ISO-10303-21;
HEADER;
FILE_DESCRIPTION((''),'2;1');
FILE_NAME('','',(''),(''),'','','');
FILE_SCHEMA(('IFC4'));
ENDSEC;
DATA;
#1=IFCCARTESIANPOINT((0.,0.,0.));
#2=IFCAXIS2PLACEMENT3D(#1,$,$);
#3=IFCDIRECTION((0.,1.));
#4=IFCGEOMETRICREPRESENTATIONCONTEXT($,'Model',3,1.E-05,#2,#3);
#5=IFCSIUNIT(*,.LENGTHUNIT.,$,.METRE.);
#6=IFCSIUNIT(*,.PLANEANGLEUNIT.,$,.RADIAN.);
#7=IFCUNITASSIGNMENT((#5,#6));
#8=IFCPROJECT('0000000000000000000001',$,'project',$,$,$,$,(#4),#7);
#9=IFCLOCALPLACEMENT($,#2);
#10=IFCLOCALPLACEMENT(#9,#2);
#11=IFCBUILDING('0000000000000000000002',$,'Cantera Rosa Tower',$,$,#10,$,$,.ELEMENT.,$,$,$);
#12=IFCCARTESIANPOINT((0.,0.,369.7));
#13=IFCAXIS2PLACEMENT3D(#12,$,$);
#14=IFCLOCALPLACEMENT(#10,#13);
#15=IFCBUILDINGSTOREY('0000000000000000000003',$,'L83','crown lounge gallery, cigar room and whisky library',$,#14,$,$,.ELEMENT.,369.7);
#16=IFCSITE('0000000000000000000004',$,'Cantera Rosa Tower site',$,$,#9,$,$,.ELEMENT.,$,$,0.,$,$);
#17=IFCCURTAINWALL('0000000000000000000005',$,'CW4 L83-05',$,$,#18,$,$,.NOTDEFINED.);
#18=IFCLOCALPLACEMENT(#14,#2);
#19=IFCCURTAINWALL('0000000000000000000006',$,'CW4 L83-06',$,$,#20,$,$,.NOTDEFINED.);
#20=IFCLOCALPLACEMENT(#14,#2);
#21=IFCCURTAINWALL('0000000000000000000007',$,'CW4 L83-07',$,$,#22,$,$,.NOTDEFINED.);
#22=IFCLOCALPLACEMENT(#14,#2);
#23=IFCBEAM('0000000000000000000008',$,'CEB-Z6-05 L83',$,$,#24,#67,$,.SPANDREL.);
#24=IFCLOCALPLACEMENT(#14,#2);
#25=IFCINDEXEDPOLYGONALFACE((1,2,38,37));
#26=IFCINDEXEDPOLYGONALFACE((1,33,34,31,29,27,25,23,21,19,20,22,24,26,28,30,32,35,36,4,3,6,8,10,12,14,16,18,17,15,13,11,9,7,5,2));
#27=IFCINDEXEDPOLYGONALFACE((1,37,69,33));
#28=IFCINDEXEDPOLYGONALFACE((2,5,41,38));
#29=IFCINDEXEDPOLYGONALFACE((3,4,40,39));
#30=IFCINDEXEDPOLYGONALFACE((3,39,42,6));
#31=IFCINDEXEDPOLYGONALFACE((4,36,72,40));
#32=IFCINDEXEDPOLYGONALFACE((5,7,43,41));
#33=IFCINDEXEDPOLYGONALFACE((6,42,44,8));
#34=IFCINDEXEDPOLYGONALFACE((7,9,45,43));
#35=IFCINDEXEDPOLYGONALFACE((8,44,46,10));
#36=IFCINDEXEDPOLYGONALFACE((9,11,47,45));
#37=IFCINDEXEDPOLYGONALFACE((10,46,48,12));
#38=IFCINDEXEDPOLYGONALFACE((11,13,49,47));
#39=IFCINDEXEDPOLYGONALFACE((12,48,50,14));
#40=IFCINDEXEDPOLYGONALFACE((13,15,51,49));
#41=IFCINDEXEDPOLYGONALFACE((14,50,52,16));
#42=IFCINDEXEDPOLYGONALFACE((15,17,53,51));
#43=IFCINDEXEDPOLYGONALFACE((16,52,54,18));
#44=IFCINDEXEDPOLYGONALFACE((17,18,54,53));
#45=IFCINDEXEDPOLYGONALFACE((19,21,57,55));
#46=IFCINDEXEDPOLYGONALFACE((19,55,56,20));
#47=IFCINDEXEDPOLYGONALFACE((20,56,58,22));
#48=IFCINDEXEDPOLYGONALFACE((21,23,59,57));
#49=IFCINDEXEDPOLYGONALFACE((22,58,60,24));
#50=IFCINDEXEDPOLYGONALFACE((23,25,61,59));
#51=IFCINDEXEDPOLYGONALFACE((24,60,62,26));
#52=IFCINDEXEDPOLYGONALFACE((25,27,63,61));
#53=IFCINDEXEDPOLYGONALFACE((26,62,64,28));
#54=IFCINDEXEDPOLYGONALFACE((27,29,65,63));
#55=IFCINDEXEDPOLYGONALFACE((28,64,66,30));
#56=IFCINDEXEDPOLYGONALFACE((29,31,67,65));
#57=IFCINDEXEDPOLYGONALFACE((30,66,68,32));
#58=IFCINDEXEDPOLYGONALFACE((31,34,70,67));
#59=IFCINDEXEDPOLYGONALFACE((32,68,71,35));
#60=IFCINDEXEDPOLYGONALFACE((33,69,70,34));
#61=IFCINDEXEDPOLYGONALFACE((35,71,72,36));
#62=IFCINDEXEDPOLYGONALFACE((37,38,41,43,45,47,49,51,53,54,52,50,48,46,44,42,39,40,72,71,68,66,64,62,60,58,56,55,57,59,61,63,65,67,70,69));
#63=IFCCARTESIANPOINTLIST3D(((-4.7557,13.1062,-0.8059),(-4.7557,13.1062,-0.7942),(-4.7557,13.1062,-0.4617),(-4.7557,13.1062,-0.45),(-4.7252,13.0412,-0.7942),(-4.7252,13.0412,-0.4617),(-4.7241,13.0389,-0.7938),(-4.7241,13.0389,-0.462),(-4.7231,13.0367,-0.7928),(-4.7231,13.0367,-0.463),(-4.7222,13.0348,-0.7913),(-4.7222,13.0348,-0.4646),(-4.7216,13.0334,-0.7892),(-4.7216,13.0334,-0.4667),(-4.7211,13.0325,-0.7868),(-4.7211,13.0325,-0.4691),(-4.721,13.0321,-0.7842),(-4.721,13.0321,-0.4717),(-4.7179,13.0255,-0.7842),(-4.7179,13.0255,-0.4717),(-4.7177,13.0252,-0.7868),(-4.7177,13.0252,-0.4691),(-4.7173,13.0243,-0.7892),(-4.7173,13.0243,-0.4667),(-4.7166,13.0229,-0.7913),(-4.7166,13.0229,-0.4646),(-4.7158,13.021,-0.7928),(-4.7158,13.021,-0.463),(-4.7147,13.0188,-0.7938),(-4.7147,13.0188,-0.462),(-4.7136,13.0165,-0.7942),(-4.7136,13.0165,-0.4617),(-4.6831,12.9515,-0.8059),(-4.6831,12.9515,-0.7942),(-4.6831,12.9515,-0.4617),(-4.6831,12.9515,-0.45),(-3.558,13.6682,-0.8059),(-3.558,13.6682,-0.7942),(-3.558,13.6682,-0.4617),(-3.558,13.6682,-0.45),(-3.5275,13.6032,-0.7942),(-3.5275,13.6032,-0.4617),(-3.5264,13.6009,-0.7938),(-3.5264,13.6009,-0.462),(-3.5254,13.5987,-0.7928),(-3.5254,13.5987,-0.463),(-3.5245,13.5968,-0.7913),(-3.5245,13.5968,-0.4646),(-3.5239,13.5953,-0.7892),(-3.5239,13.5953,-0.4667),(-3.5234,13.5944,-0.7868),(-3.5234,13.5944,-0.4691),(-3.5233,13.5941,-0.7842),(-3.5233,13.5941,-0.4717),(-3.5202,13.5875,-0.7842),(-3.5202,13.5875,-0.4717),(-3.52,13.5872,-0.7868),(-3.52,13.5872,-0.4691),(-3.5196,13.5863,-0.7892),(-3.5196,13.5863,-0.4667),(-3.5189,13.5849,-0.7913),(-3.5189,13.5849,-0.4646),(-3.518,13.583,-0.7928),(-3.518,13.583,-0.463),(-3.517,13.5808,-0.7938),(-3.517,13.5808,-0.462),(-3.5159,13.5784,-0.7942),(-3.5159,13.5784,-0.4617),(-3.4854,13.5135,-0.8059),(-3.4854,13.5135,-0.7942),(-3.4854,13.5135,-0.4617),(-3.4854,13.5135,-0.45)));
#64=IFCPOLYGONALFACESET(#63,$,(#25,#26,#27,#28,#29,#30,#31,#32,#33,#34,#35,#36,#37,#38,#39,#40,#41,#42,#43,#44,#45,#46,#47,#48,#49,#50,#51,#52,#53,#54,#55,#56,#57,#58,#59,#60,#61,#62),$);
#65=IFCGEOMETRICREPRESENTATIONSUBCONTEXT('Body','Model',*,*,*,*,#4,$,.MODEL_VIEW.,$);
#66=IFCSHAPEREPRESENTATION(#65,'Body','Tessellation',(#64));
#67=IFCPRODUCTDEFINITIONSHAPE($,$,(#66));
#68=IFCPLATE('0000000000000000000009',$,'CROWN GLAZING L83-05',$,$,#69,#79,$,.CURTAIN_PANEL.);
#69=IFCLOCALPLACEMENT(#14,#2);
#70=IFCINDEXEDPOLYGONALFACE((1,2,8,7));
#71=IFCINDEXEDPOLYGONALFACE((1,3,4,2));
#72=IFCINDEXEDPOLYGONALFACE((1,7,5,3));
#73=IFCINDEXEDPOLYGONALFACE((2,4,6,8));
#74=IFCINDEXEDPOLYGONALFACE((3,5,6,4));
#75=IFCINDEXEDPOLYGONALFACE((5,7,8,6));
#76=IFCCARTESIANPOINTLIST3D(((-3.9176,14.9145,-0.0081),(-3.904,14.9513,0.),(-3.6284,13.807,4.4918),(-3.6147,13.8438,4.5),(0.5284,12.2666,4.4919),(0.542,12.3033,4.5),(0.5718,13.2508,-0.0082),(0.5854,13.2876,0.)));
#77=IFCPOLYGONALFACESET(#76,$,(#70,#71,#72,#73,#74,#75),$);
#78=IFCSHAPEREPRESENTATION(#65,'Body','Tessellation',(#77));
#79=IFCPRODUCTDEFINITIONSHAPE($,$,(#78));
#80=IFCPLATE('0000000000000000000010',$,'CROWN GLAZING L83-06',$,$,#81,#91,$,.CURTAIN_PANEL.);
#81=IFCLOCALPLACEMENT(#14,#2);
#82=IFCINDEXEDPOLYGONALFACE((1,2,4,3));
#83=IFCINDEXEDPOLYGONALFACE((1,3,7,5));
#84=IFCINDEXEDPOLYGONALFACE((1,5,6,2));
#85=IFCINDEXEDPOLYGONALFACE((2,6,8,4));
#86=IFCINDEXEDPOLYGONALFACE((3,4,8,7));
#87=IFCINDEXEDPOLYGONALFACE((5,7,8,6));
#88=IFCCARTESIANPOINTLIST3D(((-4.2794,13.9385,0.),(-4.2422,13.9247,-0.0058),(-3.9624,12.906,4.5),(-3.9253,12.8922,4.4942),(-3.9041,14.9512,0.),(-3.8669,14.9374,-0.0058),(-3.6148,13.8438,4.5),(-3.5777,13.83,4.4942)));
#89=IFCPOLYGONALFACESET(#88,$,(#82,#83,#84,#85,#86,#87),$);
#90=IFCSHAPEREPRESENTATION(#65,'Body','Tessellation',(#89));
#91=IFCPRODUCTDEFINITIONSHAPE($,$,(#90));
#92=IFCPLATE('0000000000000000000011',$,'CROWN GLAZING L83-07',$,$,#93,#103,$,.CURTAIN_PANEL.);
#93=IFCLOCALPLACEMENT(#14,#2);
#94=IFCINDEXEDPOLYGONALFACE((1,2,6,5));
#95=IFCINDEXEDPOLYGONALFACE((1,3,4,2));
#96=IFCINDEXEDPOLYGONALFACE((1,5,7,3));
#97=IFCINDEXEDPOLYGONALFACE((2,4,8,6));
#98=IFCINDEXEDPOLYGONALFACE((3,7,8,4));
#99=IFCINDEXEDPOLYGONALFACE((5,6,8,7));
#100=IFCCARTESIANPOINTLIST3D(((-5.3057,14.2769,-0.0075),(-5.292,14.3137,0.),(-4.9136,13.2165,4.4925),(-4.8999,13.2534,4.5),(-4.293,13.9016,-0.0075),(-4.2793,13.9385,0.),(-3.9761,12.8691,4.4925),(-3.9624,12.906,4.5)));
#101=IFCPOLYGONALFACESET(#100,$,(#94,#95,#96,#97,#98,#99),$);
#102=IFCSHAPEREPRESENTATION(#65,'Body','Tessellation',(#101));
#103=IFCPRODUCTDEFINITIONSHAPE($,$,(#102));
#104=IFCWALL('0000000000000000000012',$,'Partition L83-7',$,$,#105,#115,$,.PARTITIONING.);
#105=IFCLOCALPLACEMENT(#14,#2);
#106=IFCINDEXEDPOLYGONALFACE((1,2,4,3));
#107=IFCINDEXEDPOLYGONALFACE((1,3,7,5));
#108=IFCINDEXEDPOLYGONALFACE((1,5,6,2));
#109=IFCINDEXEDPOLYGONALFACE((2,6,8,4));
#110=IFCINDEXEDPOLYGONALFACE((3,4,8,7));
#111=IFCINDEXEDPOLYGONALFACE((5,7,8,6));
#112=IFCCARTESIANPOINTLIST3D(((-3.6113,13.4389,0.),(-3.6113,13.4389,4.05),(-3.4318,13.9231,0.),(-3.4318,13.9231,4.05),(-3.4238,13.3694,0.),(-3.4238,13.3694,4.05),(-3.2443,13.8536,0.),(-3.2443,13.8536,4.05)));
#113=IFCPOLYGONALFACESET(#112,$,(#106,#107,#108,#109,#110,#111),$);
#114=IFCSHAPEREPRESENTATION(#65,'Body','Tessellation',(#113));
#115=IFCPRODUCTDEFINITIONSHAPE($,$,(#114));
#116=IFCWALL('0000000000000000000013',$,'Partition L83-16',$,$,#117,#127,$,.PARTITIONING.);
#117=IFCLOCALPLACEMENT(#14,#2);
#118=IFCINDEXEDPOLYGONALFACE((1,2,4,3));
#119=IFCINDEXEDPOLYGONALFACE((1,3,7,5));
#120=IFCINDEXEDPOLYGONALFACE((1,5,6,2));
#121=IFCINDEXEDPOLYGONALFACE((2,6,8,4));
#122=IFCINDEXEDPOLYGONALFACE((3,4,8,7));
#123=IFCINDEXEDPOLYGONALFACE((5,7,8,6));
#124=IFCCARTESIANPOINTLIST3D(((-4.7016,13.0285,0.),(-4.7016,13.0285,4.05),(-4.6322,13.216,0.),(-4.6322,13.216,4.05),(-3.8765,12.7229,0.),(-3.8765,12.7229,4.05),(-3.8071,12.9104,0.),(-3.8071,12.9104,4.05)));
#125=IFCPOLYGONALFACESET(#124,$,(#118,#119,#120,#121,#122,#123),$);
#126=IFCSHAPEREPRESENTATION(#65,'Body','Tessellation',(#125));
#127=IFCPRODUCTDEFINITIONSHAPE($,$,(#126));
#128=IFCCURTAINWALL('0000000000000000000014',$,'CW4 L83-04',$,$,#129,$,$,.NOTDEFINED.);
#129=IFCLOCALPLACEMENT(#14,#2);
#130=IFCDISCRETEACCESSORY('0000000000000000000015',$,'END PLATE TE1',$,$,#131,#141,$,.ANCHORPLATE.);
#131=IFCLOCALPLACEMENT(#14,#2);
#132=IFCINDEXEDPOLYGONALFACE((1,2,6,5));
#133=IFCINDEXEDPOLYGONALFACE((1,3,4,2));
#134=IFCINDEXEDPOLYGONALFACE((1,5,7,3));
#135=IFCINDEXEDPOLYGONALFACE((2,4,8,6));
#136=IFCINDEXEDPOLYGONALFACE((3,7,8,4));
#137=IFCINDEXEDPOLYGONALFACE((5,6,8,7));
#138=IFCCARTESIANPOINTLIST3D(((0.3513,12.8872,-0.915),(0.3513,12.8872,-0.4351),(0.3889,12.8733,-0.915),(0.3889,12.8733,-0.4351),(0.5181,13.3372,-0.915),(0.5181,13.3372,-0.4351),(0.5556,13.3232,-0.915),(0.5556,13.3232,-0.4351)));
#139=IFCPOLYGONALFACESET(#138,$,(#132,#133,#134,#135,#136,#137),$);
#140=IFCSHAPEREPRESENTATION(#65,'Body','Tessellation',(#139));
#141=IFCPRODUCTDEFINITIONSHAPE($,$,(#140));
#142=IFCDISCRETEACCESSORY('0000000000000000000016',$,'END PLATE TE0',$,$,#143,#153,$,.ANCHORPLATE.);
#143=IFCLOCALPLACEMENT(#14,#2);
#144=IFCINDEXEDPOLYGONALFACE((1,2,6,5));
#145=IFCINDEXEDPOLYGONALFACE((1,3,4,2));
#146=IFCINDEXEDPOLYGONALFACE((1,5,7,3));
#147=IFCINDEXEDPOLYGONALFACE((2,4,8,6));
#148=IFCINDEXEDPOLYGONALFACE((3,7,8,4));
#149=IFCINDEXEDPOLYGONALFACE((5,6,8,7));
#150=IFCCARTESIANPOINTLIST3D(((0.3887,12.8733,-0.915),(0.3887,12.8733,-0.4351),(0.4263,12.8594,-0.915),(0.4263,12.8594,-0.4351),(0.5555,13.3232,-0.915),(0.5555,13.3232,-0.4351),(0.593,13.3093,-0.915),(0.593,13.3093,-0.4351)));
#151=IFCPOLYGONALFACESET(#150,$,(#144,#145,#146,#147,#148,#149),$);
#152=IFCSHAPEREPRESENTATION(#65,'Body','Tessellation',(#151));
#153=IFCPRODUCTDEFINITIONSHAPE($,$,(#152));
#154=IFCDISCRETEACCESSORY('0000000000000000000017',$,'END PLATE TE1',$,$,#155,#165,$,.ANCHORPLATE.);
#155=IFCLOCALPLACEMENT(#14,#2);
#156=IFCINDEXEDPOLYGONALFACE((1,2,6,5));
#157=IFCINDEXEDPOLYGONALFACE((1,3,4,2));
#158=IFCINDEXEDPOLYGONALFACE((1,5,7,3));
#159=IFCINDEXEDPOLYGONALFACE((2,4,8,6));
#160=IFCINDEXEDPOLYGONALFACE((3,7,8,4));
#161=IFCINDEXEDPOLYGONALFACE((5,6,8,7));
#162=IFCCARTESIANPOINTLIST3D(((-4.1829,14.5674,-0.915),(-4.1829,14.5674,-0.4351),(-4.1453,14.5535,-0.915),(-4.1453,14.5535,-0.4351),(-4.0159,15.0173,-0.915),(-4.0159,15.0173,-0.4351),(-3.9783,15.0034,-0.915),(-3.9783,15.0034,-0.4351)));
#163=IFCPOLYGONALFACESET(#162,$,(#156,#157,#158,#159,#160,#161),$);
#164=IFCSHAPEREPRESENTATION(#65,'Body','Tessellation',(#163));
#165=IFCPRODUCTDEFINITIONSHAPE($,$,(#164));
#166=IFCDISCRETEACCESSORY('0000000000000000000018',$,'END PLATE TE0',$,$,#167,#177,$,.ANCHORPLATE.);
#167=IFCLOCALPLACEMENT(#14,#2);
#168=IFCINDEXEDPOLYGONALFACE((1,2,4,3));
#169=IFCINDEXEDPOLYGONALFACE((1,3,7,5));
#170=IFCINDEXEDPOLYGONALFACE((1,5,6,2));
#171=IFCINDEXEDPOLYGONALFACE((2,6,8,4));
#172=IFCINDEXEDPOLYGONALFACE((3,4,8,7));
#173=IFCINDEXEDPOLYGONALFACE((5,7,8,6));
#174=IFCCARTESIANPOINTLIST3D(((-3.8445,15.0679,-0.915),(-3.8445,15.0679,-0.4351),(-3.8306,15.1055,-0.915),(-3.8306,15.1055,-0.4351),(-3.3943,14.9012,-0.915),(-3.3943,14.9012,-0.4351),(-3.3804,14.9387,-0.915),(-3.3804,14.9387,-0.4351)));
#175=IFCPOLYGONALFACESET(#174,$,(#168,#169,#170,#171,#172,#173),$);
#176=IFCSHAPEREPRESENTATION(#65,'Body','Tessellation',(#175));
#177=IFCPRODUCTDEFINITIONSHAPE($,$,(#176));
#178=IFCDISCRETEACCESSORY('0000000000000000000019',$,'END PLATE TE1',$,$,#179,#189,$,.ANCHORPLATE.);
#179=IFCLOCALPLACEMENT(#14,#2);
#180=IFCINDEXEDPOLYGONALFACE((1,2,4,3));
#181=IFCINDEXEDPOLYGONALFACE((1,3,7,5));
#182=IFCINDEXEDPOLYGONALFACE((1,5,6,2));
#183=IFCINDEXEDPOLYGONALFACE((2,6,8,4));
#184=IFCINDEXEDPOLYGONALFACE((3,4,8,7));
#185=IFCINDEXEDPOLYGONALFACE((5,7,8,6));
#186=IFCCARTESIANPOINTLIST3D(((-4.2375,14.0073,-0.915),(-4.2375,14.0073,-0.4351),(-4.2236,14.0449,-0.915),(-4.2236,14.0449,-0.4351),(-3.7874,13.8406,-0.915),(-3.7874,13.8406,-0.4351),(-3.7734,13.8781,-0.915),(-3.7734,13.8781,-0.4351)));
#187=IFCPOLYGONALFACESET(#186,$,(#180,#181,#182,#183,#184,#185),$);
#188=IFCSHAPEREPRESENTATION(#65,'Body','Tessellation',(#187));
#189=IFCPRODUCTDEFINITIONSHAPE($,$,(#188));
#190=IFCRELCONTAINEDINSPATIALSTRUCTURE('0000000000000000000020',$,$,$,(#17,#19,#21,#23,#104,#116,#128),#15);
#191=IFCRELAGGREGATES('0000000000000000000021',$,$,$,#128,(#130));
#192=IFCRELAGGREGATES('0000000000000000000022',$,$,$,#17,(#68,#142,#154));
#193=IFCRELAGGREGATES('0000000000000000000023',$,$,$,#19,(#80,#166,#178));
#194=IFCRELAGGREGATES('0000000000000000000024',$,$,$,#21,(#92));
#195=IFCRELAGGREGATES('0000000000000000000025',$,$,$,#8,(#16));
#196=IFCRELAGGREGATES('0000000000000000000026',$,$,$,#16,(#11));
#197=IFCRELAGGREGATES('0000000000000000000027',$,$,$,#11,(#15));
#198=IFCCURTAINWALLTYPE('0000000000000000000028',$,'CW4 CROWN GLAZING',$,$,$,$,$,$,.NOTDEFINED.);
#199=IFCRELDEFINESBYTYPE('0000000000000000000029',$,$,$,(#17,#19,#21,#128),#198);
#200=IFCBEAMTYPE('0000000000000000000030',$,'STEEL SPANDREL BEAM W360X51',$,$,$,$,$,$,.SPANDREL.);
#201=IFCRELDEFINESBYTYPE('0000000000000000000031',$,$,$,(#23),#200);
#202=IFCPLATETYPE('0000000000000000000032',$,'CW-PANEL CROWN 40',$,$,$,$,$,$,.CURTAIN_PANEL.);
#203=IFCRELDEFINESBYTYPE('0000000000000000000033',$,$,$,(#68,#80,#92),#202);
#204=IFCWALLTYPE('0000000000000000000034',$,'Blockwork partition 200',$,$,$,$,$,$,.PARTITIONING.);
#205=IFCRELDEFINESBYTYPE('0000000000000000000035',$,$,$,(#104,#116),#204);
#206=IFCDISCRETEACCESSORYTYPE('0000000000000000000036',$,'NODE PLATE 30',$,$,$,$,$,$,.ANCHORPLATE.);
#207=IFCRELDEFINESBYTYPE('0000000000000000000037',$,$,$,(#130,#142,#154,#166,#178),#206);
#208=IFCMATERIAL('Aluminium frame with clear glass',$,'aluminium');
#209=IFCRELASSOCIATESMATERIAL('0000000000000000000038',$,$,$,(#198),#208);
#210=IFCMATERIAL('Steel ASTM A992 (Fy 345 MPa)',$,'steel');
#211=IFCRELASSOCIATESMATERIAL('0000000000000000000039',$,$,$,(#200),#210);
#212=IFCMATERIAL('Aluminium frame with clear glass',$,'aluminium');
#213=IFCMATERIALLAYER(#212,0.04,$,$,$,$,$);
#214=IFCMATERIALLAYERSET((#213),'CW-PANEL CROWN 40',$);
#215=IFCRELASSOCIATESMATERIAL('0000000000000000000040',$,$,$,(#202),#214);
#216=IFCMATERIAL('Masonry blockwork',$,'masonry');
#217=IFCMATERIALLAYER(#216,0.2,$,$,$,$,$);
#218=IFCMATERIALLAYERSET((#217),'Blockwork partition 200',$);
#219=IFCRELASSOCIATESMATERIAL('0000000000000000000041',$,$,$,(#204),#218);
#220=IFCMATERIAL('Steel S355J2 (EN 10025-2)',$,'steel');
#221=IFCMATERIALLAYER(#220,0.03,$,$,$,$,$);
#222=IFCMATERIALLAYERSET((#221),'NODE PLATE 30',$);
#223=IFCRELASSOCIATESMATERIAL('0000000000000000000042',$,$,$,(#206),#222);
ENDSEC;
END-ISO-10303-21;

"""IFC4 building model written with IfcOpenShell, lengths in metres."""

from ifc_helpers import new_model, si_unit, direction, frame, frame_2d, origin, origin_2d, place, context, subcontext, project, spatial, polyline, rectangle, i_section, outline, extrude, material, layer, layer_set, material_profile, profile_set, type_object, element, aggregate, save


model = new_model("IFC4")

# Units and contexts
model_context = context("Model", 3, precision=1e-05, world=origin(), true_north=direction((0.0, 1.0)))
body_context = subcontext(model_context, "Body", "Model", "MODEL_VIEW")
ifc_project = project(units=[si_unit("LENGTHUNIT", "METRE"), si_unit("PLANEANGLEUNIT", "RADIAN")], contexts=[model_context])

# Site, building, storey
site_placement = place(None, origin())
site = spatial("IfcSite", under=ifc_project, at=site_placement, Name="Cantera Rosa Tower site", CompositionType="ELEMENT", RefElevation=0.0)
building_placement = place(site_placement, origin())
building = spatial("IfcBuilding", under=site, at=building_placement, Name="Cantera Rosa Tower", CompositionType="ELEMENT")
storey_placement = place(building_placement, frame((0.0, 0.0, 369.7)))
storey = spatial("IfcBuildingStorey", under=building, at=storey_placement, Name="L83", Description="crown lounge gallery, cigar room and whisky library", CompositionType="ELEMENT", Elevation=369.7)

# Curtain walls
ifc_material_1 = material(Name="Aluminium frame with clear glass", Category="aluminium")
curtain_wall_type = type_object("IfcCurtainWallType", Name="CW4 CROWN GLAZING", PredefinedType="NOTDEFINED", material=ifc_material_1)
curtain_wall_1_placement = place(storey_placement, origin())
curtain_wall_1 = element("IfcCurtainWall", 1, at=curtain_wall_1_placement, inside=storey, type_object=curtain_wall_type, Name="CW4 L83-05", PredefinedType="NOTDEFINED")
curtain_wall_2_placement = place(storey_placement, origin())
curtain_wall_2 = element("IfcCurtainWall", 2, at=curtain_wall_2_placement, inside=storey, type_object=curtain_wall_type, Name="CW4 L83-06", PredefinedType="NOTDEFINED")
curtain_wall_3_placement = place(storey_placement, origin())
curtain_wall_3 = element("IfcCurtainWall", 3, at=curtain_wall_3_placement, inside=storey, type_object=curtain_wall_type, Name="CW4 L83-07", PredefinedType="NOTDEFINED")

# Beam
ifc_material_2 = material(Name="Steel ASTM A992 (Fy 345 MPa)", Category="steel")
ifc_material_profile_1 = material_profile(ifc_material_2, i_section(OverallWidth=0.1709, OverallDepth=0.356, WebThickness=0.0073, FlangeThickness=0.0117, FilletRadius=0.01, at=origin_2d()), Name="W360X51")
ifc_profile_set_1 = profile_set([ifc_material_profile_1], Name="Steel ASTM A992 (Fy 345 MPa)")
beam_type = type_object("IfcBeamType", Name="STEEL SPANDREL BEAM W360X51", PredefinedType="SPANDREL", material=ifc_profile_set_1)
beam_1_placement = place(storey_placement, frame((-3.5217, 13.5908, -0.6279), z_axis=(-0.905295, -0.424784, 0.0), x_axis=(0.424784, -0.905295, 0.0)))
element("IfcBeam", 4, at=beam_1_placement, inside=storey, type_object=beam_type, Name="CEB-Z6-05 L83", PredefinedType="SPANDREL", context=body_context, shape_type="SweptSolid", body=[
    extrude(i_section(OverallWidth=0.1709, OverallDepth=0.356, WebThickness=0.0073, FlangeThickness=0.0117, FilletRadius=0.01, at=origin_2d()), origin(), (0.0, 0.0, 1.0), 1.323),
])

# Plates
ifc_material_3 = material(Name="Aluminium frame with clear glass", Category="aluminium")
ifc_layer_1 = layer(ifc_material_3, 0.04)
ifc_layer_set_1 = layer_set([ifc_layer_1], Name="CW-PANEL CROWN 40")
plate_type = type_object("IfcPlateType", Name="CW-PANEL CROWN 40", PredefinedType="CURTAIN_PANEL", material=ifc_layer_set_1)
plate_1_placement = place(storey_placement, frame((0.5854, 13.2876, 0.0), z_axis=(0.340173, 0.917955, 0.20406), x_axis=(-0.937686, 0.347484, 0.000005)))
plate_1 = element("IfcPlate", 5, at=plate_1_placement, type_object=plate_type, Name="CROWN GLAZING L83-05", PredefinedType="CURTAIN_PANEL", context=body_context, shape_type="SweptSolid", body=[
    extrude(outline(polyline([(0.0, 0.0), (4.7878, 0.0), (4.1317, 4.5967), (-0.3013, 4.5968), (0.0, 0.0)])), origin(), (0.0, 0.0, -1.0), 0.04),
])
plate_2_placement = place(storey_placement, frame((-3.9041, 14.9512, 0.0), z_axis=(-0.927859, 0.343897, 0.144264), x_axis=(-0.347531, -0.937669, 0.000012)))
plate_2 = element("IfcPlate", 6, at=plate_2_placement, type_object=plate_type, Name="CROWN GLAZING L83-06", PredefinedType="CURTAIN_PANEL", context=body_context, shape_type="SweptSolid", body=[
    extrude(outline(polyline([(0.0, 0.0), (1.08, 0.0), (1.938, 4.5475), (0.9379, 4.5476), (0.0, 0.0)])), origin(), (0.0, 0.0, -1.0), 0.04),
])
plate_3_placement = place(storey_placement, frame((-4.2793, 13.9385, 0.0), z_axis=(0.341318, 0.921098, 0.187296), x_axis=(-0.937692, 0.347467, 0.000003)))
plate_3 = element("IfcPlate", 7, at=plate_3_placement, type_object=plate_type, Name="CROWN GLAZING L83-07", PredefinedType="CURTAIN_PANEL", context=body_context, shape_type="SweptSolid", body=[
    extrude(outline(polyline([(0.0, 0.0), (1.08, 0.0), (0.3439, 4.5811), (-0.6559, 4.5811), (0.0, 0.0)])), origin(), (0.0, 0.0, -1.0), 0.04),
])

# Walls
ifc_material_4 = material(Name="Masonry blockwork", Category="masonry")
ifc_layer_2 = layer(ifc_material_4, 0.2)
ifc_layer_set_2 = layer_set([ifc_layer_2], Name="Blockwork partition 200")
wall_type = type_object("IfcWallType", Name="Blockwork partition 200", PredefinedType="PARTITIONING", material=ifc_layer_set_2)
wall_1_placement = place(storey_placement, frame((-3.5176, 13.4041, 0.0), z_axis=(0.0, 0.0, 1.0), x_axis=(0.347545, 0.937663, 0.0)))
element("IfcWall", 8, at=wall_1_placement, inside=storey, type_object=wall_type, Name="Partition L83-7", PredefinedType="PARTITIONING", context=body_context, shape_type="SweptSolid", body=[
    extrude(rectangle(XDim=0.5164, YDim=0.2, at=frame_2d((0.2583, 0.0))), origin(), (0.0, 0.0, 1.0), 4.05),
])
wall_2_placement = place(storey_placement, frame((-3.8418, 12.8167, 0.0), z_axis=(0.0, 0.0, 1.0), x_axis=(-0.937735, 0.34735, 0.0)))
element("IfcWall", 9, at=wall_2_placement, inside=storey, type_object=wall_type, Name="Partition L83-16", PredefinedType="PARTITIONING", context=body_context, shape_type="SweptSolid", body=[
    extrude(rectangle(XDim=0.8799, YDim=0.2, at=frame_2d((0.4399, 0.0))), origin(), (0.0, 0.0, 1.0), 4.05),
])

# Curtain wall, discrete accessory
curtain_wall_4_placement = place(storey_placement, origin())
curtain_wall_4 = element("IfcCurtainWall", 10, at=curtain_wall_4_placement, inside=storey, type_object=curtain_wall_type, Name="CW4 L83-04", PredefinedType="NOTDEFINED")
ifc_material_5 = material(Name="Steel S355J2 (EN 10025-2)", Category="steel")
ifc_layer_3 = layer(ifc_material_5, 0.03)
ifc_layer_set_3 = layer_set([ifc_layer_3], Name="NODE PLATE 30")
discrete_accessory_type = type_object("IfcDiscreteAccessoryType", Name="NODE PLATE 30", PredefinedType="ANCHORPLATE", material=ifc_layer_set_3)
discrete_accessory_1_placement = place(storey_placement, frame((0.3513, 12.8872, -0.4351), z_axis=(-0.937681, 0.347497, 0.0), x_axis=(0.347497, 0.937681, 0.0)))
discrete_accessory_1 = element("IfcDiscreteAccessory", 11, at=discrete_accessory_1_placement, type_object=discrete_accessory_type, Name="END PLATE TE1", PredefinedType="ANCHORPLATE", context=body_context, shape_type="SweptSolid", body=[
    extrude(outline(polyline([(0.0, 0.0), (0.4799, 0.0), (0.4799, 0.48), (0.0, 0.48), (0.0, 0.0)])), origin(), (0.0, 0.0, -1.0), 0.04),
])
aggregate(curtain_wall_4, [discrete_accessory_1])

# Discrete accessories
discrete_accessory_2_placement = place(storey_placement, frame((0.593, 13.3093, -0.4351), z_axis=(0.937681, -0.347497, 0.0), x_axis=(-0.347497, -0.937681, 0.0)))
discrete_accessory_2 = element("IfcDiscreteAccessory", 12, at=discrete_accessory_2_placement, type_object=discrete_accessory_type, Name="END PLATE TE0", PredefinedType="ANCHORPLATE", context=body_context, shape_type="SweptSolid", body=[
    extrude(outline(polyline([(0.0, 0.0), (0.4799, 0.0), (0.4799, 0.48), (0.0, 0.48), (0.0, 0.0)])), origin(), (0.0, 0.0, -1.0), 0.04),
])
discrete_accessory_3_placement = place(storey_placement, frame((-4.1829, 14.5674, -0.4351), z_axis=(-0.937515, 0.347944, 0.0), x_axis=(0.347944, 0.937515, 0.0)))
discrete_accessory_3 = element("IfcDiscreteAccessory", 13, at=discrete_accessory_3_placement, type_object=discrete_accessory_type, Name="END PLATE TE1", PredefinedType="ANCHORPLATE", context=body_context, shape_type="SweptSolid", body=[
    extrude(outline(polyline([(0.0, 0.0), (0.4799, 0.0), (0.4799, 0.48), (0.0, 0.48), (0.0, 0.0)])), origin(), (0.0, 0.0, -1.0), 0.04),
])
aggregate(curtain_wall_1, [plate_1, discrete_accessory_2, discrete_accessory_3])
discrete_accessory_4_placement = place(storey_placement, frame((-3.8306, 15.1055, -0.4351), z_axis=(0.347331, 0.937743, 0.0), x_axis=(0.937743, -0.347331, 0.0)))
discrete_accessory_4 = element("IfcDiscreteAccessory", 14, at=discrete_accessory_4_placement, type_object=discrete_accessory_type, Name="END PLATE TE0", PredefinedType="ANCHORPLATE", context=body_context, shape_type="SweptSolid", body=[
    extrude(outline(polyline([(0.0, 0.0), (0.4801, 0.0), (0.4801, 0.48), (0.0, 0.48), (0.0, 0.0)])), origin(), (0.0, 0.0, -1.0), 0.04),
])
discrete_accessory_5_placement = place(storey_placement, frame((-3.7874, 13.8406, -0.4351), z_axis=(-0.347331, -0.937743, 0.0), x_axis=(-0.937743, 0.347331, 0.0)))
discrete_accessory_5 = element("IfcDiscreteAccessory", 15, at=discrete_accessory_5_placement, type_object=discrete_accessory_type, Name="END PLATE TE1", PredefinedType="ANCHORPLATE", context=body_context, shape_type="SweptSolid", body=[
    extrude(outline(polyline([(0.0, 0.0), (0.4801, 0.0), (0.4801, 0.48), (0.0, 0.48), (0.0, 0.0)])), origin(), (0.0, 0.0, -1.0), 0.04),
])
aggregate(curtain_wall_2, [plate_2, discrete_accessory_4, discrete_accessory_5])
aggregate(curtain_wall_3, [plate_3])

save(model, "model.ifc")
